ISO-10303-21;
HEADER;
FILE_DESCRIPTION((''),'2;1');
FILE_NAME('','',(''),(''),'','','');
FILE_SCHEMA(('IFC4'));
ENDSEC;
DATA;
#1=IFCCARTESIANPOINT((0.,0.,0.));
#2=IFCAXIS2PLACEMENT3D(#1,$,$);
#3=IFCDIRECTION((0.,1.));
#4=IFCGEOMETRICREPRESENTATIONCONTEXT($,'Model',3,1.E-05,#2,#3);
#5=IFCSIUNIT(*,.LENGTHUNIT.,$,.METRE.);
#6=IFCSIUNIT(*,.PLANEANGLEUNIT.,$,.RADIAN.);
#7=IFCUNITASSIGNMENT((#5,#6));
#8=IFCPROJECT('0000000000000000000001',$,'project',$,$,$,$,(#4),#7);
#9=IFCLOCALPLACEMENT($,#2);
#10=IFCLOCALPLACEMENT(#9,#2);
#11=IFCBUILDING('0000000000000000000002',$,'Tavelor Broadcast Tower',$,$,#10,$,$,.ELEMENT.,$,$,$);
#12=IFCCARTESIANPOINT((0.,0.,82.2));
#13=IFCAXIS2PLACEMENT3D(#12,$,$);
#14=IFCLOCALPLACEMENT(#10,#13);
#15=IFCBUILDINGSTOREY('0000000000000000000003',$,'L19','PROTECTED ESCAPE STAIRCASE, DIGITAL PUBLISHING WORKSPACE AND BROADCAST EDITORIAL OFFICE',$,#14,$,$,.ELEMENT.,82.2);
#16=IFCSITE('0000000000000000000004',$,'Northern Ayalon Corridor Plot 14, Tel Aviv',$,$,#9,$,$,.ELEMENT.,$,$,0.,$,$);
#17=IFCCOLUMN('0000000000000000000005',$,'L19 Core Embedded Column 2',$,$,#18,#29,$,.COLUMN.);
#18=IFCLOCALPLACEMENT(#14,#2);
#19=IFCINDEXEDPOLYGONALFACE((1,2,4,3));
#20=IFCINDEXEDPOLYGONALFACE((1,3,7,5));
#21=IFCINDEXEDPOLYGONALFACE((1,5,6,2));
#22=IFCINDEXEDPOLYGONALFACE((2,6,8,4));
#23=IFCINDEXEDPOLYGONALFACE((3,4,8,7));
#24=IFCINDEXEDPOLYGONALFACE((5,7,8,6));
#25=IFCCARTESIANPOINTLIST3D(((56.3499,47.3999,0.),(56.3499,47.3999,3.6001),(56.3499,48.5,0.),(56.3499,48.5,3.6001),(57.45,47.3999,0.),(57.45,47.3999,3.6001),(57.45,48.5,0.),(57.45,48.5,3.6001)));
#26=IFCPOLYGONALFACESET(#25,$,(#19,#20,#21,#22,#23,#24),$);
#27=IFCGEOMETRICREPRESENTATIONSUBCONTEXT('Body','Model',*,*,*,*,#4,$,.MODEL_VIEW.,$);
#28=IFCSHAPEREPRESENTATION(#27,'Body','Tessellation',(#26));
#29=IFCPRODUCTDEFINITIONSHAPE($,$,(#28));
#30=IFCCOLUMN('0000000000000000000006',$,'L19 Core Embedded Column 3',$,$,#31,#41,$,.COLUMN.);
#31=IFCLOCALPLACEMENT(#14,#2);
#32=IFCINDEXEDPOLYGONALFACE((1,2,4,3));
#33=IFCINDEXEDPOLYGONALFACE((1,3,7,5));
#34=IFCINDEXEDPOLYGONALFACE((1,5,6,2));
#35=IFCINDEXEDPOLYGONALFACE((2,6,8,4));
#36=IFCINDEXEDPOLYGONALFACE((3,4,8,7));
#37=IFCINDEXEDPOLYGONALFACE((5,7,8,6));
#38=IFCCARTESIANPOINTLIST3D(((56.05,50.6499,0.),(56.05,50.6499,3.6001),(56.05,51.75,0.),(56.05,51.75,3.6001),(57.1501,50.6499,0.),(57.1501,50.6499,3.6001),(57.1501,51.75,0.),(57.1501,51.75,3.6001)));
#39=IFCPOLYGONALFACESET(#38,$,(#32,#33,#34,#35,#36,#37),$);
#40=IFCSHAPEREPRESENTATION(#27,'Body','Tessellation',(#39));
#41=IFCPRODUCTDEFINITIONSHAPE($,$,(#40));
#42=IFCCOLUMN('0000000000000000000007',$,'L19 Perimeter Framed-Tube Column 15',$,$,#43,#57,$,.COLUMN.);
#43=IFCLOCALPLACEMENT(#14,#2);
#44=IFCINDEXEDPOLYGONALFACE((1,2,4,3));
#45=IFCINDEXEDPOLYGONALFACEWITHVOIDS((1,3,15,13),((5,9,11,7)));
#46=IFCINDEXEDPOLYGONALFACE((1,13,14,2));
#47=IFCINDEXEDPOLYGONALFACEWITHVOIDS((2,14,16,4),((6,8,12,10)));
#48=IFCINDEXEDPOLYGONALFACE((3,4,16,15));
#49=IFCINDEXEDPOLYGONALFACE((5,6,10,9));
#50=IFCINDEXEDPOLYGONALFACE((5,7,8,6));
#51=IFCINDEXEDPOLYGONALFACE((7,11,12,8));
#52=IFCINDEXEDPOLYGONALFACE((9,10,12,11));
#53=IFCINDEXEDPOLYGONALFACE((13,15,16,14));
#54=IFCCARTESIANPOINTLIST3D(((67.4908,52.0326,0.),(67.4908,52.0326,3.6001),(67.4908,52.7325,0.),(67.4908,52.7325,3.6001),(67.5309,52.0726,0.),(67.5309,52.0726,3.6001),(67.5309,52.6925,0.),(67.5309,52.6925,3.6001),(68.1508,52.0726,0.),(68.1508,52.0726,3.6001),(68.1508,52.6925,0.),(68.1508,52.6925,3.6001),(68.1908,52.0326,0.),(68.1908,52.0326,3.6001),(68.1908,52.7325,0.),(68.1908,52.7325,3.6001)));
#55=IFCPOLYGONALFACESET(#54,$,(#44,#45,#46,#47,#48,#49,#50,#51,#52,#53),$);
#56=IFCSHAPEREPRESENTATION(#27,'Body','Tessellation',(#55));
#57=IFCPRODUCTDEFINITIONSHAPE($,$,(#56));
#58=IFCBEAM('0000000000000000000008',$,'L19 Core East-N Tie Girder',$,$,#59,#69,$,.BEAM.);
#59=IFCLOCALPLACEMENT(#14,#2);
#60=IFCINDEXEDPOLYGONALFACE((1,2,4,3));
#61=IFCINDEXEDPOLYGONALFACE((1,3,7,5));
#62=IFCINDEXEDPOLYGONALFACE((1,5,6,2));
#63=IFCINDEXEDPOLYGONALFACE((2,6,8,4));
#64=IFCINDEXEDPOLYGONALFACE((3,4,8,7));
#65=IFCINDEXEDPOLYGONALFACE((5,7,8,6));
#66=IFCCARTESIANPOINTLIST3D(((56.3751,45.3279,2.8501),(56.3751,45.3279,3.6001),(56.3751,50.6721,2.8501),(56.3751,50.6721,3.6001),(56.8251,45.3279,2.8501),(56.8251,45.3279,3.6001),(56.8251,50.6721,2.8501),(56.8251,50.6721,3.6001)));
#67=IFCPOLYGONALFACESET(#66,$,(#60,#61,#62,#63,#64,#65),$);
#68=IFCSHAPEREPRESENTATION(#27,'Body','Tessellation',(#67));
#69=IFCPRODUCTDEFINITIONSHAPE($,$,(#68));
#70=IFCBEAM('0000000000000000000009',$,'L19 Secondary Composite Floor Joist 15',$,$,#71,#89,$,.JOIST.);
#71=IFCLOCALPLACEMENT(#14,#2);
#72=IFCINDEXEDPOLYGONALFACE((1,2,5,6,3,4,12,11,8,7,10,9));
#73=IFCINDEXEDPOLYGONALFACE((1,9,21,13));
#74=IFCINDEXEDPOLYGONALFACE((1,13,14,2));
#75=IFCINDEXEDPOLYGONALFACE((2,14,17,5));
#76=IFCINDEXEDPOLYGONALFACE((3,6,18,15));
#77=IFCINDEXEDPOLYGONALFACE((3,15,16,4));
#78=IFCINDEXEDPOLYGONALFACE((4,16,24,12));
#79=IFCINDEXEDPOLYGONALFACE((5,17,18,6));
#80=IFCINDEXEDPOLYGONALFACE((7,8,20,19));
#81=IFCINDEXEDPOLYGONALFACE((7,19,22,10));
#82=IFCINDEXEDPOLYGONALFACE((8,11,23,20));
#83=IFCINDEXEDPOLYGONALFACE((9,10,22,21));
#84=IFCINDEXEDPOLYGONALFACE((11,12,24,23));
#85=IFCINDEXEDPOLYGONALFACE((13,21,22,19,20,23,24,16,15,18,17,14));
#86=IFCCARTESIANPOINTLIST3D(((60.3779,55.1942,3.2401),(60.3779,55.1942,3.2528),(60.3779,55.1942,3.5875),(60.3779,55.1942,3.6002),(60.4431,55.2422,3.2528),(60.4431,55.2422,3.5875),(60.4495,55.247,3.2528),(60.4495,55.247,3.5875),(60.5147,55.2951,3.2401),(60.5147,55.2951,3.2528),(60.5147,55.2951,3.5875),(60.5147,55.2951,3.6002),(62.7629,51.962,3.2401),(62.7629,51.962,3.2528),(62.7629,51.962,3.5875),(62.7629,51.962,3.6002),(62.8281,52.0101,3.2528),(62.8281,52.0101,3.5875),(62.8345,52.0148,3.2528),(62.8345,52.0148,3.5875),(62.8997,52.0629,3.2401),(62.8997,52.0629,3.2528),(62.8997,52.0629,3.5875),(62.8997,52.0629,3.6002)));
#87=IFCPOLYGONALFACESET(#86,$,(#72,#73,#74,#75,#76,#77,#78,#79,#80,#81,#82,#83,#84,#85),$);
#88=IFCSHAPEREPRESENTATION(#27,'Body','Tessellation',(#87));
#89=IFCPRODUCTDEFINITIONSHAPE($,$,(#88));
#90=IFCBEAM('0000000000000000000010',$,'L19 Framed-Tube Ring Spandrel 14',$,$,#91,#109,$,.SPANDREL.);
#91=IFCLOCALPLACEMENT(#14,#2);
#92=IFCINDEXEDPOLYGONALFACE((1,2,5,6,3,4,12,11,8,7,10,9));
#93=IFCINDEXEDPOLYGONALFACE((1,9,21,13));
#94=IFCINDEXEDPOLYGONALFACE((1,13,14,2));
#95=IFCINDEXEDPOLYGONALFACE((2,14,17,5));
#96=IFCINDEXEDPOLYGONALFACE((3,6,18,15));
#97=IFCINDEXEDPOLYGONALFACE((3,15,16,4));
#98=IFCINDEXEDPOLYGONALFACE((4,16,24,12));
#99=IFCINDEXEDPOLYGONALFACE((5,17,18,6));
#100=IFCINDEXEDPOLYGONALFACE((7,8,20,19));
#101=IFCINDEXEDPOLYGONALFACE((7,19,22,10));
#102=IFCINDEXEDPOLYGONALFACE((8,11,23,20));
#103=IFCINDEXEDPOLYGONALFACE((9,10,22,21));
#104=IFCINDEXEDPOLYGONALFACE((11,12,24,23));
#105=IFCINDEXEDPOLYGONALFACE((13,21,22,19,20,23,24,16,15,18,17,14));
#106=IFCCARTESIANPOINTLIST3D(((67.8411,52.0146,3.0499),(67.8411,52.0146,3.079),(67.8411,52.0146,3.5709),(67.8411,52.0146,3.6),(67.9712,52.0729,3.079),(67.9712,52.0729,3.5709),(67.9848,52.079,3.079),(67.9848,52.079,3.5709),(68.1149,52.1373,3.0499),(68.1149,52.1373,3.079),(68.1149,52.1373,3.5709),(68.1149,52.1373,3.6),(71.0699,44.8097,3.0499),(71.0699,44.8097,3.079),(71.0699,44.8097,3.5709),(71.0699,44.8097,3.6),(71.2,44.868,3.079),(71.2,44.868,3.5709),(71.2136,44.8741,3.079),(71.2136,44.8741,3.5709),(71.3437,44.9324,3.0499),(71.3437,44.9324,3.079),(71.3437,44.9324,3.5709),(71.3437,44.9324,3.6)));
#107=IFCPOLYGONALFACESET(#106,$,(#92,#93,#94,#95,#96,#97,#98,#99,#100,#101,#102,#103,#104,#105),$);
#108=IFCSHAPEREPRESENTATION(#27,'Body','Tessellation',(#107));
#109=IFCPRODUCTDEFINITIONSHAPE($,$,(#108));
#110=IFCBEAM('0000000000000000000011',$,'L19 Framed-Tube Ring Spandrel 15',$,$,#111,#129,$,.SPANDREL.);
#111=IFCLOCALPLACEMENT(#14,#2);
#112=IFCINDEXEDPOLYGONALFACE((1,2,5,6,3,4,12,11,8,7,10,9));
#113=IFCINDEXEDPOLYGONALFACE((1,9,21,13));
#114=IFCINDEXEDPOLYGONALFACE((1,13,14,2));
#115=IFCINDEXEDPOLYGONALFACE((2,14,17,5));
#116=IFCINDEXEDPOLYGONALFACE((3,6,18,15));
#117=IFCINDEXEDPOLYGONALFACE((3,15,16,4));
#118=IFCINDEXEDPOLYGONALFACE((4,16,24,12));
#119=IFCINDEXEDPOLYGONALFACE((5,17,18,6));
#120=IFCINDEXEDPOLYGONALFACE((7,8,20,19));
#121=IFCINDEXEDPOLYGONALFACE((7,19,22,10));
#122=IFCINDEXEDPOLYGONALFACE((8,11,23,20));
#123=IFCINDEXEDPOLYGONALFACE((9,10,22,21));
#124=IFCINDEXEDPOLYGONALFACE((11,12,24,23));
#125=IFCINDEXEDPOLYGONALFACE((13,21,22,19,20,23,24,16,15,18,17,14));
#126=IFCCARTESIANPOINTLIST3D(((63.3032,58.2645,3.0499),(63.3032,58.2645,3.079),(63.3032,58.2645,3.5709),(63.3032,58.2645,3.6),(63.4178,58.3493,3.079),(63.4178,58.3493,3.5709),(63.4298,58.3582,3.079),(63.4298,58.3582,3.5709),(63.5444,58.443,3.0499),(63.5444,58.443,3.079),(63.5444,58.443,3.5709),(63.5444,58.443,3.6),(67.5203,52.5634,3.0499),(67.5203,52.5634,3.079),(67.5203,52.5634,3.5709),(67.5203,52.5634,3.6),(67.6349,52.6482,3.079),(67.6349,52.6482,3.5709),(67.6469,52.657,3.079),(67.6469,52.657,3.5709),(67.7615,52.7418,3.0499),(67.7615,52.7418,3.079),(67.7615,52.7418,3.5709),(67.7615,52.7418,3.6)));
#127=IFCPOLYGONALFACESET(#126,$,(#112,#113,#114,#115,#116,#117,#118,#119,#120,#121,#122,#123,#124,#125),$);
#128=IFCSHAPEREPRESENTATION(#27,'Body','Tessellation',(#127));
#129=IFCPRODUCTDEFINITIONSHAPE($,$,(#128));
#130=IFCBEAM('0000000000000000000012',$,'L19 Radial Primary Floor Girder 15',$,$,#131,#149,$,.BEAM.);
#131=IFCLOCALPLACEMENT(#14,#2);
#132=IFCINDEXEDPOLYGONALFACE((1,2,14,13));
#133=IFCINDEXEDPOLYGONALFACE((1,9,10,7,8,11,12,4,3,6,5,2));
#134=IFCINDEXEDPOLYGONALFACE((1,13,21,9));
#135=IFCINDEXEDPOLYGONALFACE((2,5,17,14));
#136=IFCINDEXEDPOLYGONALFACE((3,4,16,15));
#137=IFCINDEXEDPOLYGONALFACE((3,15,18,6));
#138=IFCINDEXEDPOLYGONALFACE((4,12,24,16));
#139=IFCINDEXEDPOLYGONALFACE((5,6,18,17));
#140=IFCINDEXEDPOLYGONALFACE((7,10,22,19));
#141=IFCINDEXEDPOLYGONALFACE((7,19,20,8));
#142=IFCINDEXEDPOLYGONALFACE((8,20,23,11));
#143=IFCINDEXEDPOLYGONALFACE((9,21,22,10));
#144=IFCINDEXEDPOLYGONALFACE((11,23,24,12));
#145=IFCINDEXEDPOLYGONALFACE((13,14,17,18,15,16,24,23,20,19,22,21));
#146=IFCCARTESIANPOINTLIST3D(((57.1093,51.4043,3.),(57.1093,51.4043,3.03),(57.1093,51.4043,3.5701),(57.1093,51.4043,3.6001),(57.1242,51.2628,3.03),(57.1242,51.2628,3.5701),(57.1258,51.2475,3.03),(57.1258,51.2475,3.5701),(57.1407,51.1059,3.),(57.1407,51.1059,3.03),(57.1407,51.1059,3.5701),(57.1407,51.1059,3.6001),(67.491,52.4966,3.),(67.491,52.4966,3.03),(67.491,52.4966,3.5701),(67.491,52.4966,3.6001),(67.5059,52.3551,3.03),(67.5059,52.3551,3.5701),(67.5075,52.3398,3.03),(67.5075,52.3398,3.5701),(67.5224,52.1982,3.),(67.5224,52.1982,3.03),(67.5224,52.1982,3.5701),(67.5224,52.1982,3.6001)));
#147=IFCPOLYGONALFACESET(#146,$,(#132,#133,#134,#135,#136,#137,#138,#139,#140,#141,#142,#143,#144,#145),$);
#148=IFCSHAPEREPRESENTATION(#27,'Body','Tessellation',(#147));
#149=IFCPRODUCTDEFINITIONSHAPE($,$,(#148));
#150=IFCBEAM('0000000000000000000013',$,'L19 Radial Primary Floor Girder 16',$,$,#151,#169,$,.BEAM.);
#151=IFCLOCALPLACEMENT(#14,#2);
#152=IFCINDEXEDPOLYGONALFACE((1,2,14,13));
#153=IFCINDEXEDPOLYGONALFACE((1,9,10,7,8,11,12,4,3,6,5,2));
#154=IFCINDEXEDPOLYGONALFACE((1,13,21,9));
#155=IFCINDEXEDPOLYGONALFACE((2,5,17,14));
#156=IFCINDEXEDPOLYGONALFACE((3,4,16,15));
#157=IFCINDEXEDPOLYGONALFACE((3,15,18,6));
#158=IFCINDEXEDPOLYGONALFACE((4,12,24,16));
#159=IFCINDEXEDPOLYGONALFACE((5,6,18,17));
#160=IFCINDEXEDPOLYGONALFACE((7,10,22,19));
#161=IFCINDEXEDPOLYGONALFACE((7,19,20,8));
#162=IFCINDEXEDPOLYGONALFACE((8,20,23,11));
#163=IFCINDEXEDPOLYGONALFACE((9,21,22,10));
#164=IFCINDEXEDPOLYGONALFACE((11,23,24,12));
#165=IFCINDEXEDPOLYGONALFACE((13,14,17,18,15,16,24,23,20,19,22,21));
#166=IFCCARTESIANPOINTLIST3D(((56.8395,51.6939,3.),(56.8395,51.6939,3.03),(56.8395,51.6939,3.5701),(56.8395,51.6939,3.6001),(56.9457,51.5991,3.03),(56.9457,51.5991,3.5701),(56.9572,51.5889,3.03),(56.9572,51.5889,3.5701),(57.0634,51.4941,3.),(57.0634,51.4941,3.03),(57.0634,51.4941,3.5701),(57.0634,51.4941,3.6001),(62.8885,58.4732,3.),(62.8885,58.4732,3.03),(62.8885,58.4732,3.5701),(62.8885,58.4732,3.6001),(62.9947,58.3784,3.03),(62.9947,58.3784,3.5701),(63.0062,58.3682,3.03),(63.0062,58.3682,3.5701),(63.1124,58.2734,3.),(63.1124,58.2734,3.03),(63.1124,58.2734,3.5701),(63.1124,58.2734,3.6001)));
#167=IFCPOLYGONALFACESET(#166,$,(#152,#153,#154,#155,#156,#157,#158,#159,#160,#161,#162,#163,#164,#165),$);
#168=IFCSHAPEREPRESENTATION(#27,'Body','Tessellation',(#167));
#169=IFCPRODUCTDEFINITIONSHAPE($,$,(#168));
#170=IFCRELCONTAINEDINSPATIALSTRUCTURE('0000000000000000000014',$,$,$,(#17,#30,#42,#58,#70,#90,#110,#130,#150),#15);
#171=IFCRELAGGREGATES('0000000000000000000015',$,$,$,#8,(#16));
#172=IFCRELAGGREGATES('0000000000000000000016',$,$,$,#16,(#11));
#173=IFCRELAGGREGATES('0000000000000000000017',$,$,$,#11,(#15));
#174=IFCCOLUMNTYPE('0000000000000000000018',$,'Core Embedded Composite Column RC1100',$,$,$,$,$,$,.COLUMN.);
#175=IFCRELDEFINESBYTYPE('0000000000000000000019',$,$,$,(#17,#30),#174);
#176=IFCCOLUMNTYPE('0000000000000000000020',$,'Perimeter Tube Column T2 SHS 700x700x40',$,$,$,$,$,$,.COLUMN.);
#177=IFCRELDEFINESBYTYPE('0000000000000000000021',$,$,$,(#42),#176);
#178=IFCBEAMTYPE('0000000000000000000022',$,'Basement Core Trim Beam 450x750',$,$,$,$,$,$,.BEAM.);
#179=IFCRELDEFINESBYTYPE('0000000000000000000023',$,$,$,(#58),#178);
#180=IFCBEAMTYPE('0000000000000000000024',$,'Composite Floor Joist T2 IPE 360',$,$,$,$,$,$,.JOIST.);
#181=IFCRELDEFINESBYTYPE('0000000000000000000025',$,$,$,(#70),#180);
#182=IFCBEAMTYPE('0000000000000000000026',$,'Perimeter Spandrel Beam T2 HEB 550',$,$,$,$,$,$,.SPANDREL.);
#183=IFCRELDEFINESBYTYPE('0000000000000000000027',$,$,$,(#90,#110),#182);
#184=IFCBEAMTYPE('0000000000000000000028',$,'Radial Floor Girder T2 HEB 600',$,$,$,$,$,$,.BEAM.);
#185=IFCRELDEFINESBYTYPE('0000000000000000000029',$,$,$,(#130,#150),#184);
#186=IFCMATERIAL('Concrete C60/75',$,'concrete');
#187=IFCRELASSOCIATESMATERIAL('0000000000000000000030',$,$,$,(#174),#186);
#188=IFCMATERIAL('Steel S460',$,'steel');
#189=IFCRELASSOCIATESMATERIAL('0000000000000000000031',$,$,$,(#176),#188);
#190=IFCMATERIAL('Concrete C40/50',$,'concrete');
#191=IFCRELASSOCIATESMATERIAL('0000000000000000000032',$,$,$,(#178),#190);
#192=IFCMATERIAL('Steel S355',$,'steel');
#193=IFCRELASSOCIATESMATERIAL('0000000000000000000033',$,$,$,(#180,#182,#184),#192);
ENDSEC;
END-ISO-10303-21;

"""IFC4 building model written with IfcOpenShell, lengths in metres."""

from ifc_helpers import new_model, si_unit, direction, frame, origin, origin_2d, place, context, subcontext, project, spatial, rectangle, hollow_rectangle, i_section, extrude, material, material_profile, profile_set, type_object, element, save


model = new_model("IFC4")

# Units and contexts
model_context = context("Model", 3, precision=1e-05, world=origin(), true_north=direction((0.0, 1.0)))
body_context = subcontext(model_context, "Body", "Model", "MODEL_VIEW")
ifc_project = project(units=[si_unit("LENGTHUNIT", "METRE"), si_unit("PLANEANGLEUNIT", "RADIAN")], contexts=[model_context])

# Site, building, storey
site_placement = place(None, origin())
site = spatial("IfcSite", under=ifc_project, at=site_placement, Name="Northern Ayalon Corridor Plot 14, Tel Aviv", CompositionType="ELEMENT", RefElevation=0.0)
building_placement = place(site_placement, origin())
building = spatial("IfcBuilding", under=site, at=building_placement, Name="Tavelor Broadcast Tower", CompositionType="ELEMENT")
storey_placement = place(building_placement, frame((0.0, 0.0, 82.2)))
storey = spatial("IfcBuildingStorey", under=building, at=storey_placement, Name="L19", Description="PROTECTED ESCAPE STAIRCASE, DIGITAL PUBLISHING WORKSPACE AND BROADCAST EDITORIAL OFFICE", CompositionType="ELEMENT", Elevation=82.2)

# Columns
ifc_material_1 = material(Name="Concrete C60/75", Category="concrete")
ifc_material_profile_1 = material_profile(ifc_material_1, rectangle(XDim=1.1001, YDim=1.1001, at=origin_2d()), Name="RC 1100x1100")
ifc_profile_set_1 = profile_set([ifc_material_profile_1], Name="Concrete C60/75")
column_type_1 = type_object("IfcColumnType", Name="Core Embedded Composite Column RC1100", PredefinedType="COLUMN", material=ifc_profile_set_1)
for number, where, z_axis, x_axis, name in (
    (1, (56.8999, 47.95, 0.0), (0.0, 0.0, 1.0), (1.0, 0.0, 0.0), "L19 Core Embedded Column 2"),
    (2, (56.6001, 51.2, 0.0), (0.0, 0.0, 1.0), (1.0, 0.0, 0.0), "L19 Core Embedded Column 3"),
):
    element("IfcColumn", number, at=place(storey_placement, frame(where, z_axis=z_axis, x_axis=x_axis)), inside=storey, type_object=column_type_1, Name=name, PredefinedType="COLUMN", context=body_context, shape_type="SweptSolid", body=[
        extrude(rectangle(XDim=1.1001, YDim=1.1001, at=origin_2d()), origin(), (0.0, 0.0, 1.0), 3.6001),
    ])
ifc_material_2 = material(Name="Steel S460", Category="steel")
ifc_material_profile_2 = material_profile(ifc_material_2, hollow_rectangle(XDim=0.7, YDim=0.7, WallThickness=0.04, at=origin_2d()), Name="SHS 700x700x40")
ifc_profile_set_2 = profile_set([ifc_material_profile_2], Name="Steel S460")
column_type_2 = type_object("IfcColumnType", Name="Perimeter Tube Column T2 SHS 700x700x40", PredefinedType="COLUMN", material=ifc_profile_set_2)
column_placement = place(storey_placement, frame((67.8408, 52.3826, 0.0), z_axis=(0.0, 0.0, 1.0), x_axis=(1.0, 0.0, 0.0)))
element("IfcColumn", 3, at=column_placement, inside=storey, type_object=column_type_2, Name="L19 Perimeter Framed-Tube Column 15", PredefinedType="COLUMN", context=body_context, shape_type="SweptSolid", body=[
    extrude(hollow_rectangle(XDim=0.7, YDim=0.7, WallThickness=0.04, at=origin_2d()), origin(), (0.0, 0.0, 1.0), 3.6001),
])

# Beams
ifc_material_3 = material(Name="Concrete C40/50", Category="concrete")
ifc_material_profile_3 = material_profile(ifc_material_3, rectangle(XDim=0.45, YDim=0.75, at=origin_2d()), Name="RC 450x750")
ifc_profile_set_3 = profile_set([ifc_material_profile_3], Name="Concrete C40/50")
beam_type_1 = type_object("IfcBeamType", Name="Basement Core Trim Beam 450x750", PredefinedType="BEAM", material=ifc_profile_set_3)
beam_1_placement = place(storey_placement, frame((56.6001, 45.3279, 3.2251), z_axis=(0.0, 1.0, 0.0), x_axis=(-1.0, 0.0, 0.0)))
element("IfcBeam", 4, at=beam_1_placement, inside=storey, type_object=beam_type_1, Name="L19 Core East-N Tie Girder", PredefinedType="BEAM", context=body_context, shape_type="SweptSolid", body=[
    extrude(rectangle(XDim=0.45, YDim=0.75, at=origin_2d()), origin(), (0.0, 0.0, 1.0), 5.3442),
])
ifc_material_4 = material(Name="Steel S355", Category="steel")
ifc_material_profile_4 = material_profile(ifc_material_4, i_section(OverallWidth=0.1699, OverallDepth=0.3601, WebThickness=0.0081, FlangeThickness=0.0127, at=origin_2d()), Name="IPE 360")
ifc_profile_set_4 = profile_set([ifc_material_profile_4], Name="Steel S355")
beam_type_2 = type_object("IfcBeamType", Name="Composite Floor Joist T2 IPE 360", PredefinedType="JOIST", material=ifc_profile_set_4)
beam_2_placement = place(storey_placement, frame((62.8313, 52.0125, 3.4202), z_axis=(-0.593748, 0.804651, 0.0), x_axis=(-0.804651, -0.593748, 0.0)))
element("IfcBeam", 5, at=beam_2_placement, inside=storey, type_object=beam_type_2, Name="L19 Secondary Composite Floor Joist 15", PredefinedType="JOIST", context=body_context, shape_type="SweptSolid", body=[
    extrude(i_section(OverallWidth=0.1699, OverallDepth=0.3601, WebThickness=0.0081, FlangeThickness=0.0127, at=origin_2d()), origin(), (0.0, 0.0, 1.0), 4.0168),
])
ifc_material_profile_5 = material_profile(ifc_material_4, i_section(OverallWidth=0.3, OverallDepth=0.55, WebThickness=0.0149, FlangeThickness=0.0291, at=origin_2d()), Name="HEB 550")
ifc_profile_set_5 = profile_set([ifc_material_profile_5], Name="Steel S355")
beam_type_3 = type_object("IfcBeamType", Name="Perimeter Spandrel Beam T2 HEB 550", PredefinedType="SPANDREL", material=ifc_profile_set_5)
beam_3_placement = place(storey_placement, frame((71.2068, 44.8711, 3.325), z_axis=(-0.408951, 0.912556, 0.0), x_axis=(-0.912556, -0.408951, 0.0)))
element("IfcBeam", 6, at=beam_3_placement, inside=storey, type_object=beam_type_3, Name="L19 Framed-Tube Ring Spandrel 14", PredefinedType="SPANDREL", context=body_context, shape_type="SweptSolid", body=[
    extrude(i_section(OverallWidth=0.3, OverallDepth=0.55, WebThickness=0.0149, FlangeThickness=0.0291, at=origin_2d()), origin(), (0.0, 0.0, 1.0), 7.8953),
])
beam_4_placement = place(storey_placement, frame((67.6409, 52.6526, 3.325), z_axis=(-0.594677, 0.803965, 0.0), x_axis=(-0.803965, -0.594677, 0.0)))
element("IfcBeam", 7, at=beam_4_placement, inside=storey, type_object=beam_type_3, Name="L19 Framed-Tube Ring Spandrel 15", PredefinedType="SPANDREL", context=body_context, shape_type="SweptSolid", body=[
    extrude(i_section(OverallWidth=0.3, OverallDepth=0.55, WebThickness=0.0149, FlangeThickness=0.0291, at=origin_2d()), origin(), (0.0, 0.0, 1.0), 7.0913),
])
ifc_material_profile_6 = material_profile(ifc_material_4, i_section(OverallWidth=0.3, OverallDepth=0.6001, WebThickness=0.0154, FlangeThickness=0.03, at=origin_2d()), Name="HEB 600")
ifc_profile_set_6 = profile_set([ifc_material_profile_6], Name="Steel S355")
beam_type_4 = type_object("IfcBeamType", Name="Radial Floor Girder T2 HEB 600", PredefinedType="BEAM", material=ifc_profile_set_6)
beam_5_placement = place(storey_placement, frame((57.125, 51.2551, 3.3), z_axis=(0.994511, 0.104636, 0.0), x_axis=(-0.104636, 0.994511, 0.0)))
element("IfcBeam", 8, at=beam_5_placement, inside=storey, type_object=beam_type_4, Name="L19 Radial Primary Floor Girder 15", PredefinedType="BEAM", context=body_context, shape_type="SweptSolid", body=[
    extrude(i_section(OverallWidth=0.3, OverallDepth=0.6001, WebThickness=0.0154, FlangeThickness=0.03, at=origin_2d()), origin(), (0.0, 0.0, 1.0), 10.439),
])
beam_6_placement = place(storey_placement, frame((56.9514, 51.594, 3.3), z_axis=(0.665779, 0.746149, 0.0), x_axis=(-0.746149, 0.665779, 0.0)))
element("IfcBeam", 9, at=beam_6_placement, inside=storey, type_object=beam_type_4, Name="L19 Radial Primary Floor Girder 16", PredefinedType="BEAM", context=body_context, shape_type="SweptSolid", body=[
    extrude(i_section(OverallWidth=0.3, OverallDepth=0.6001, WebThickness=0.0154, FlangeThickness=0.03, at=origin_2d()), origin(), (0.0, 0.0, 1.0), 9.0857),
])

save(model, "model.ifc")
